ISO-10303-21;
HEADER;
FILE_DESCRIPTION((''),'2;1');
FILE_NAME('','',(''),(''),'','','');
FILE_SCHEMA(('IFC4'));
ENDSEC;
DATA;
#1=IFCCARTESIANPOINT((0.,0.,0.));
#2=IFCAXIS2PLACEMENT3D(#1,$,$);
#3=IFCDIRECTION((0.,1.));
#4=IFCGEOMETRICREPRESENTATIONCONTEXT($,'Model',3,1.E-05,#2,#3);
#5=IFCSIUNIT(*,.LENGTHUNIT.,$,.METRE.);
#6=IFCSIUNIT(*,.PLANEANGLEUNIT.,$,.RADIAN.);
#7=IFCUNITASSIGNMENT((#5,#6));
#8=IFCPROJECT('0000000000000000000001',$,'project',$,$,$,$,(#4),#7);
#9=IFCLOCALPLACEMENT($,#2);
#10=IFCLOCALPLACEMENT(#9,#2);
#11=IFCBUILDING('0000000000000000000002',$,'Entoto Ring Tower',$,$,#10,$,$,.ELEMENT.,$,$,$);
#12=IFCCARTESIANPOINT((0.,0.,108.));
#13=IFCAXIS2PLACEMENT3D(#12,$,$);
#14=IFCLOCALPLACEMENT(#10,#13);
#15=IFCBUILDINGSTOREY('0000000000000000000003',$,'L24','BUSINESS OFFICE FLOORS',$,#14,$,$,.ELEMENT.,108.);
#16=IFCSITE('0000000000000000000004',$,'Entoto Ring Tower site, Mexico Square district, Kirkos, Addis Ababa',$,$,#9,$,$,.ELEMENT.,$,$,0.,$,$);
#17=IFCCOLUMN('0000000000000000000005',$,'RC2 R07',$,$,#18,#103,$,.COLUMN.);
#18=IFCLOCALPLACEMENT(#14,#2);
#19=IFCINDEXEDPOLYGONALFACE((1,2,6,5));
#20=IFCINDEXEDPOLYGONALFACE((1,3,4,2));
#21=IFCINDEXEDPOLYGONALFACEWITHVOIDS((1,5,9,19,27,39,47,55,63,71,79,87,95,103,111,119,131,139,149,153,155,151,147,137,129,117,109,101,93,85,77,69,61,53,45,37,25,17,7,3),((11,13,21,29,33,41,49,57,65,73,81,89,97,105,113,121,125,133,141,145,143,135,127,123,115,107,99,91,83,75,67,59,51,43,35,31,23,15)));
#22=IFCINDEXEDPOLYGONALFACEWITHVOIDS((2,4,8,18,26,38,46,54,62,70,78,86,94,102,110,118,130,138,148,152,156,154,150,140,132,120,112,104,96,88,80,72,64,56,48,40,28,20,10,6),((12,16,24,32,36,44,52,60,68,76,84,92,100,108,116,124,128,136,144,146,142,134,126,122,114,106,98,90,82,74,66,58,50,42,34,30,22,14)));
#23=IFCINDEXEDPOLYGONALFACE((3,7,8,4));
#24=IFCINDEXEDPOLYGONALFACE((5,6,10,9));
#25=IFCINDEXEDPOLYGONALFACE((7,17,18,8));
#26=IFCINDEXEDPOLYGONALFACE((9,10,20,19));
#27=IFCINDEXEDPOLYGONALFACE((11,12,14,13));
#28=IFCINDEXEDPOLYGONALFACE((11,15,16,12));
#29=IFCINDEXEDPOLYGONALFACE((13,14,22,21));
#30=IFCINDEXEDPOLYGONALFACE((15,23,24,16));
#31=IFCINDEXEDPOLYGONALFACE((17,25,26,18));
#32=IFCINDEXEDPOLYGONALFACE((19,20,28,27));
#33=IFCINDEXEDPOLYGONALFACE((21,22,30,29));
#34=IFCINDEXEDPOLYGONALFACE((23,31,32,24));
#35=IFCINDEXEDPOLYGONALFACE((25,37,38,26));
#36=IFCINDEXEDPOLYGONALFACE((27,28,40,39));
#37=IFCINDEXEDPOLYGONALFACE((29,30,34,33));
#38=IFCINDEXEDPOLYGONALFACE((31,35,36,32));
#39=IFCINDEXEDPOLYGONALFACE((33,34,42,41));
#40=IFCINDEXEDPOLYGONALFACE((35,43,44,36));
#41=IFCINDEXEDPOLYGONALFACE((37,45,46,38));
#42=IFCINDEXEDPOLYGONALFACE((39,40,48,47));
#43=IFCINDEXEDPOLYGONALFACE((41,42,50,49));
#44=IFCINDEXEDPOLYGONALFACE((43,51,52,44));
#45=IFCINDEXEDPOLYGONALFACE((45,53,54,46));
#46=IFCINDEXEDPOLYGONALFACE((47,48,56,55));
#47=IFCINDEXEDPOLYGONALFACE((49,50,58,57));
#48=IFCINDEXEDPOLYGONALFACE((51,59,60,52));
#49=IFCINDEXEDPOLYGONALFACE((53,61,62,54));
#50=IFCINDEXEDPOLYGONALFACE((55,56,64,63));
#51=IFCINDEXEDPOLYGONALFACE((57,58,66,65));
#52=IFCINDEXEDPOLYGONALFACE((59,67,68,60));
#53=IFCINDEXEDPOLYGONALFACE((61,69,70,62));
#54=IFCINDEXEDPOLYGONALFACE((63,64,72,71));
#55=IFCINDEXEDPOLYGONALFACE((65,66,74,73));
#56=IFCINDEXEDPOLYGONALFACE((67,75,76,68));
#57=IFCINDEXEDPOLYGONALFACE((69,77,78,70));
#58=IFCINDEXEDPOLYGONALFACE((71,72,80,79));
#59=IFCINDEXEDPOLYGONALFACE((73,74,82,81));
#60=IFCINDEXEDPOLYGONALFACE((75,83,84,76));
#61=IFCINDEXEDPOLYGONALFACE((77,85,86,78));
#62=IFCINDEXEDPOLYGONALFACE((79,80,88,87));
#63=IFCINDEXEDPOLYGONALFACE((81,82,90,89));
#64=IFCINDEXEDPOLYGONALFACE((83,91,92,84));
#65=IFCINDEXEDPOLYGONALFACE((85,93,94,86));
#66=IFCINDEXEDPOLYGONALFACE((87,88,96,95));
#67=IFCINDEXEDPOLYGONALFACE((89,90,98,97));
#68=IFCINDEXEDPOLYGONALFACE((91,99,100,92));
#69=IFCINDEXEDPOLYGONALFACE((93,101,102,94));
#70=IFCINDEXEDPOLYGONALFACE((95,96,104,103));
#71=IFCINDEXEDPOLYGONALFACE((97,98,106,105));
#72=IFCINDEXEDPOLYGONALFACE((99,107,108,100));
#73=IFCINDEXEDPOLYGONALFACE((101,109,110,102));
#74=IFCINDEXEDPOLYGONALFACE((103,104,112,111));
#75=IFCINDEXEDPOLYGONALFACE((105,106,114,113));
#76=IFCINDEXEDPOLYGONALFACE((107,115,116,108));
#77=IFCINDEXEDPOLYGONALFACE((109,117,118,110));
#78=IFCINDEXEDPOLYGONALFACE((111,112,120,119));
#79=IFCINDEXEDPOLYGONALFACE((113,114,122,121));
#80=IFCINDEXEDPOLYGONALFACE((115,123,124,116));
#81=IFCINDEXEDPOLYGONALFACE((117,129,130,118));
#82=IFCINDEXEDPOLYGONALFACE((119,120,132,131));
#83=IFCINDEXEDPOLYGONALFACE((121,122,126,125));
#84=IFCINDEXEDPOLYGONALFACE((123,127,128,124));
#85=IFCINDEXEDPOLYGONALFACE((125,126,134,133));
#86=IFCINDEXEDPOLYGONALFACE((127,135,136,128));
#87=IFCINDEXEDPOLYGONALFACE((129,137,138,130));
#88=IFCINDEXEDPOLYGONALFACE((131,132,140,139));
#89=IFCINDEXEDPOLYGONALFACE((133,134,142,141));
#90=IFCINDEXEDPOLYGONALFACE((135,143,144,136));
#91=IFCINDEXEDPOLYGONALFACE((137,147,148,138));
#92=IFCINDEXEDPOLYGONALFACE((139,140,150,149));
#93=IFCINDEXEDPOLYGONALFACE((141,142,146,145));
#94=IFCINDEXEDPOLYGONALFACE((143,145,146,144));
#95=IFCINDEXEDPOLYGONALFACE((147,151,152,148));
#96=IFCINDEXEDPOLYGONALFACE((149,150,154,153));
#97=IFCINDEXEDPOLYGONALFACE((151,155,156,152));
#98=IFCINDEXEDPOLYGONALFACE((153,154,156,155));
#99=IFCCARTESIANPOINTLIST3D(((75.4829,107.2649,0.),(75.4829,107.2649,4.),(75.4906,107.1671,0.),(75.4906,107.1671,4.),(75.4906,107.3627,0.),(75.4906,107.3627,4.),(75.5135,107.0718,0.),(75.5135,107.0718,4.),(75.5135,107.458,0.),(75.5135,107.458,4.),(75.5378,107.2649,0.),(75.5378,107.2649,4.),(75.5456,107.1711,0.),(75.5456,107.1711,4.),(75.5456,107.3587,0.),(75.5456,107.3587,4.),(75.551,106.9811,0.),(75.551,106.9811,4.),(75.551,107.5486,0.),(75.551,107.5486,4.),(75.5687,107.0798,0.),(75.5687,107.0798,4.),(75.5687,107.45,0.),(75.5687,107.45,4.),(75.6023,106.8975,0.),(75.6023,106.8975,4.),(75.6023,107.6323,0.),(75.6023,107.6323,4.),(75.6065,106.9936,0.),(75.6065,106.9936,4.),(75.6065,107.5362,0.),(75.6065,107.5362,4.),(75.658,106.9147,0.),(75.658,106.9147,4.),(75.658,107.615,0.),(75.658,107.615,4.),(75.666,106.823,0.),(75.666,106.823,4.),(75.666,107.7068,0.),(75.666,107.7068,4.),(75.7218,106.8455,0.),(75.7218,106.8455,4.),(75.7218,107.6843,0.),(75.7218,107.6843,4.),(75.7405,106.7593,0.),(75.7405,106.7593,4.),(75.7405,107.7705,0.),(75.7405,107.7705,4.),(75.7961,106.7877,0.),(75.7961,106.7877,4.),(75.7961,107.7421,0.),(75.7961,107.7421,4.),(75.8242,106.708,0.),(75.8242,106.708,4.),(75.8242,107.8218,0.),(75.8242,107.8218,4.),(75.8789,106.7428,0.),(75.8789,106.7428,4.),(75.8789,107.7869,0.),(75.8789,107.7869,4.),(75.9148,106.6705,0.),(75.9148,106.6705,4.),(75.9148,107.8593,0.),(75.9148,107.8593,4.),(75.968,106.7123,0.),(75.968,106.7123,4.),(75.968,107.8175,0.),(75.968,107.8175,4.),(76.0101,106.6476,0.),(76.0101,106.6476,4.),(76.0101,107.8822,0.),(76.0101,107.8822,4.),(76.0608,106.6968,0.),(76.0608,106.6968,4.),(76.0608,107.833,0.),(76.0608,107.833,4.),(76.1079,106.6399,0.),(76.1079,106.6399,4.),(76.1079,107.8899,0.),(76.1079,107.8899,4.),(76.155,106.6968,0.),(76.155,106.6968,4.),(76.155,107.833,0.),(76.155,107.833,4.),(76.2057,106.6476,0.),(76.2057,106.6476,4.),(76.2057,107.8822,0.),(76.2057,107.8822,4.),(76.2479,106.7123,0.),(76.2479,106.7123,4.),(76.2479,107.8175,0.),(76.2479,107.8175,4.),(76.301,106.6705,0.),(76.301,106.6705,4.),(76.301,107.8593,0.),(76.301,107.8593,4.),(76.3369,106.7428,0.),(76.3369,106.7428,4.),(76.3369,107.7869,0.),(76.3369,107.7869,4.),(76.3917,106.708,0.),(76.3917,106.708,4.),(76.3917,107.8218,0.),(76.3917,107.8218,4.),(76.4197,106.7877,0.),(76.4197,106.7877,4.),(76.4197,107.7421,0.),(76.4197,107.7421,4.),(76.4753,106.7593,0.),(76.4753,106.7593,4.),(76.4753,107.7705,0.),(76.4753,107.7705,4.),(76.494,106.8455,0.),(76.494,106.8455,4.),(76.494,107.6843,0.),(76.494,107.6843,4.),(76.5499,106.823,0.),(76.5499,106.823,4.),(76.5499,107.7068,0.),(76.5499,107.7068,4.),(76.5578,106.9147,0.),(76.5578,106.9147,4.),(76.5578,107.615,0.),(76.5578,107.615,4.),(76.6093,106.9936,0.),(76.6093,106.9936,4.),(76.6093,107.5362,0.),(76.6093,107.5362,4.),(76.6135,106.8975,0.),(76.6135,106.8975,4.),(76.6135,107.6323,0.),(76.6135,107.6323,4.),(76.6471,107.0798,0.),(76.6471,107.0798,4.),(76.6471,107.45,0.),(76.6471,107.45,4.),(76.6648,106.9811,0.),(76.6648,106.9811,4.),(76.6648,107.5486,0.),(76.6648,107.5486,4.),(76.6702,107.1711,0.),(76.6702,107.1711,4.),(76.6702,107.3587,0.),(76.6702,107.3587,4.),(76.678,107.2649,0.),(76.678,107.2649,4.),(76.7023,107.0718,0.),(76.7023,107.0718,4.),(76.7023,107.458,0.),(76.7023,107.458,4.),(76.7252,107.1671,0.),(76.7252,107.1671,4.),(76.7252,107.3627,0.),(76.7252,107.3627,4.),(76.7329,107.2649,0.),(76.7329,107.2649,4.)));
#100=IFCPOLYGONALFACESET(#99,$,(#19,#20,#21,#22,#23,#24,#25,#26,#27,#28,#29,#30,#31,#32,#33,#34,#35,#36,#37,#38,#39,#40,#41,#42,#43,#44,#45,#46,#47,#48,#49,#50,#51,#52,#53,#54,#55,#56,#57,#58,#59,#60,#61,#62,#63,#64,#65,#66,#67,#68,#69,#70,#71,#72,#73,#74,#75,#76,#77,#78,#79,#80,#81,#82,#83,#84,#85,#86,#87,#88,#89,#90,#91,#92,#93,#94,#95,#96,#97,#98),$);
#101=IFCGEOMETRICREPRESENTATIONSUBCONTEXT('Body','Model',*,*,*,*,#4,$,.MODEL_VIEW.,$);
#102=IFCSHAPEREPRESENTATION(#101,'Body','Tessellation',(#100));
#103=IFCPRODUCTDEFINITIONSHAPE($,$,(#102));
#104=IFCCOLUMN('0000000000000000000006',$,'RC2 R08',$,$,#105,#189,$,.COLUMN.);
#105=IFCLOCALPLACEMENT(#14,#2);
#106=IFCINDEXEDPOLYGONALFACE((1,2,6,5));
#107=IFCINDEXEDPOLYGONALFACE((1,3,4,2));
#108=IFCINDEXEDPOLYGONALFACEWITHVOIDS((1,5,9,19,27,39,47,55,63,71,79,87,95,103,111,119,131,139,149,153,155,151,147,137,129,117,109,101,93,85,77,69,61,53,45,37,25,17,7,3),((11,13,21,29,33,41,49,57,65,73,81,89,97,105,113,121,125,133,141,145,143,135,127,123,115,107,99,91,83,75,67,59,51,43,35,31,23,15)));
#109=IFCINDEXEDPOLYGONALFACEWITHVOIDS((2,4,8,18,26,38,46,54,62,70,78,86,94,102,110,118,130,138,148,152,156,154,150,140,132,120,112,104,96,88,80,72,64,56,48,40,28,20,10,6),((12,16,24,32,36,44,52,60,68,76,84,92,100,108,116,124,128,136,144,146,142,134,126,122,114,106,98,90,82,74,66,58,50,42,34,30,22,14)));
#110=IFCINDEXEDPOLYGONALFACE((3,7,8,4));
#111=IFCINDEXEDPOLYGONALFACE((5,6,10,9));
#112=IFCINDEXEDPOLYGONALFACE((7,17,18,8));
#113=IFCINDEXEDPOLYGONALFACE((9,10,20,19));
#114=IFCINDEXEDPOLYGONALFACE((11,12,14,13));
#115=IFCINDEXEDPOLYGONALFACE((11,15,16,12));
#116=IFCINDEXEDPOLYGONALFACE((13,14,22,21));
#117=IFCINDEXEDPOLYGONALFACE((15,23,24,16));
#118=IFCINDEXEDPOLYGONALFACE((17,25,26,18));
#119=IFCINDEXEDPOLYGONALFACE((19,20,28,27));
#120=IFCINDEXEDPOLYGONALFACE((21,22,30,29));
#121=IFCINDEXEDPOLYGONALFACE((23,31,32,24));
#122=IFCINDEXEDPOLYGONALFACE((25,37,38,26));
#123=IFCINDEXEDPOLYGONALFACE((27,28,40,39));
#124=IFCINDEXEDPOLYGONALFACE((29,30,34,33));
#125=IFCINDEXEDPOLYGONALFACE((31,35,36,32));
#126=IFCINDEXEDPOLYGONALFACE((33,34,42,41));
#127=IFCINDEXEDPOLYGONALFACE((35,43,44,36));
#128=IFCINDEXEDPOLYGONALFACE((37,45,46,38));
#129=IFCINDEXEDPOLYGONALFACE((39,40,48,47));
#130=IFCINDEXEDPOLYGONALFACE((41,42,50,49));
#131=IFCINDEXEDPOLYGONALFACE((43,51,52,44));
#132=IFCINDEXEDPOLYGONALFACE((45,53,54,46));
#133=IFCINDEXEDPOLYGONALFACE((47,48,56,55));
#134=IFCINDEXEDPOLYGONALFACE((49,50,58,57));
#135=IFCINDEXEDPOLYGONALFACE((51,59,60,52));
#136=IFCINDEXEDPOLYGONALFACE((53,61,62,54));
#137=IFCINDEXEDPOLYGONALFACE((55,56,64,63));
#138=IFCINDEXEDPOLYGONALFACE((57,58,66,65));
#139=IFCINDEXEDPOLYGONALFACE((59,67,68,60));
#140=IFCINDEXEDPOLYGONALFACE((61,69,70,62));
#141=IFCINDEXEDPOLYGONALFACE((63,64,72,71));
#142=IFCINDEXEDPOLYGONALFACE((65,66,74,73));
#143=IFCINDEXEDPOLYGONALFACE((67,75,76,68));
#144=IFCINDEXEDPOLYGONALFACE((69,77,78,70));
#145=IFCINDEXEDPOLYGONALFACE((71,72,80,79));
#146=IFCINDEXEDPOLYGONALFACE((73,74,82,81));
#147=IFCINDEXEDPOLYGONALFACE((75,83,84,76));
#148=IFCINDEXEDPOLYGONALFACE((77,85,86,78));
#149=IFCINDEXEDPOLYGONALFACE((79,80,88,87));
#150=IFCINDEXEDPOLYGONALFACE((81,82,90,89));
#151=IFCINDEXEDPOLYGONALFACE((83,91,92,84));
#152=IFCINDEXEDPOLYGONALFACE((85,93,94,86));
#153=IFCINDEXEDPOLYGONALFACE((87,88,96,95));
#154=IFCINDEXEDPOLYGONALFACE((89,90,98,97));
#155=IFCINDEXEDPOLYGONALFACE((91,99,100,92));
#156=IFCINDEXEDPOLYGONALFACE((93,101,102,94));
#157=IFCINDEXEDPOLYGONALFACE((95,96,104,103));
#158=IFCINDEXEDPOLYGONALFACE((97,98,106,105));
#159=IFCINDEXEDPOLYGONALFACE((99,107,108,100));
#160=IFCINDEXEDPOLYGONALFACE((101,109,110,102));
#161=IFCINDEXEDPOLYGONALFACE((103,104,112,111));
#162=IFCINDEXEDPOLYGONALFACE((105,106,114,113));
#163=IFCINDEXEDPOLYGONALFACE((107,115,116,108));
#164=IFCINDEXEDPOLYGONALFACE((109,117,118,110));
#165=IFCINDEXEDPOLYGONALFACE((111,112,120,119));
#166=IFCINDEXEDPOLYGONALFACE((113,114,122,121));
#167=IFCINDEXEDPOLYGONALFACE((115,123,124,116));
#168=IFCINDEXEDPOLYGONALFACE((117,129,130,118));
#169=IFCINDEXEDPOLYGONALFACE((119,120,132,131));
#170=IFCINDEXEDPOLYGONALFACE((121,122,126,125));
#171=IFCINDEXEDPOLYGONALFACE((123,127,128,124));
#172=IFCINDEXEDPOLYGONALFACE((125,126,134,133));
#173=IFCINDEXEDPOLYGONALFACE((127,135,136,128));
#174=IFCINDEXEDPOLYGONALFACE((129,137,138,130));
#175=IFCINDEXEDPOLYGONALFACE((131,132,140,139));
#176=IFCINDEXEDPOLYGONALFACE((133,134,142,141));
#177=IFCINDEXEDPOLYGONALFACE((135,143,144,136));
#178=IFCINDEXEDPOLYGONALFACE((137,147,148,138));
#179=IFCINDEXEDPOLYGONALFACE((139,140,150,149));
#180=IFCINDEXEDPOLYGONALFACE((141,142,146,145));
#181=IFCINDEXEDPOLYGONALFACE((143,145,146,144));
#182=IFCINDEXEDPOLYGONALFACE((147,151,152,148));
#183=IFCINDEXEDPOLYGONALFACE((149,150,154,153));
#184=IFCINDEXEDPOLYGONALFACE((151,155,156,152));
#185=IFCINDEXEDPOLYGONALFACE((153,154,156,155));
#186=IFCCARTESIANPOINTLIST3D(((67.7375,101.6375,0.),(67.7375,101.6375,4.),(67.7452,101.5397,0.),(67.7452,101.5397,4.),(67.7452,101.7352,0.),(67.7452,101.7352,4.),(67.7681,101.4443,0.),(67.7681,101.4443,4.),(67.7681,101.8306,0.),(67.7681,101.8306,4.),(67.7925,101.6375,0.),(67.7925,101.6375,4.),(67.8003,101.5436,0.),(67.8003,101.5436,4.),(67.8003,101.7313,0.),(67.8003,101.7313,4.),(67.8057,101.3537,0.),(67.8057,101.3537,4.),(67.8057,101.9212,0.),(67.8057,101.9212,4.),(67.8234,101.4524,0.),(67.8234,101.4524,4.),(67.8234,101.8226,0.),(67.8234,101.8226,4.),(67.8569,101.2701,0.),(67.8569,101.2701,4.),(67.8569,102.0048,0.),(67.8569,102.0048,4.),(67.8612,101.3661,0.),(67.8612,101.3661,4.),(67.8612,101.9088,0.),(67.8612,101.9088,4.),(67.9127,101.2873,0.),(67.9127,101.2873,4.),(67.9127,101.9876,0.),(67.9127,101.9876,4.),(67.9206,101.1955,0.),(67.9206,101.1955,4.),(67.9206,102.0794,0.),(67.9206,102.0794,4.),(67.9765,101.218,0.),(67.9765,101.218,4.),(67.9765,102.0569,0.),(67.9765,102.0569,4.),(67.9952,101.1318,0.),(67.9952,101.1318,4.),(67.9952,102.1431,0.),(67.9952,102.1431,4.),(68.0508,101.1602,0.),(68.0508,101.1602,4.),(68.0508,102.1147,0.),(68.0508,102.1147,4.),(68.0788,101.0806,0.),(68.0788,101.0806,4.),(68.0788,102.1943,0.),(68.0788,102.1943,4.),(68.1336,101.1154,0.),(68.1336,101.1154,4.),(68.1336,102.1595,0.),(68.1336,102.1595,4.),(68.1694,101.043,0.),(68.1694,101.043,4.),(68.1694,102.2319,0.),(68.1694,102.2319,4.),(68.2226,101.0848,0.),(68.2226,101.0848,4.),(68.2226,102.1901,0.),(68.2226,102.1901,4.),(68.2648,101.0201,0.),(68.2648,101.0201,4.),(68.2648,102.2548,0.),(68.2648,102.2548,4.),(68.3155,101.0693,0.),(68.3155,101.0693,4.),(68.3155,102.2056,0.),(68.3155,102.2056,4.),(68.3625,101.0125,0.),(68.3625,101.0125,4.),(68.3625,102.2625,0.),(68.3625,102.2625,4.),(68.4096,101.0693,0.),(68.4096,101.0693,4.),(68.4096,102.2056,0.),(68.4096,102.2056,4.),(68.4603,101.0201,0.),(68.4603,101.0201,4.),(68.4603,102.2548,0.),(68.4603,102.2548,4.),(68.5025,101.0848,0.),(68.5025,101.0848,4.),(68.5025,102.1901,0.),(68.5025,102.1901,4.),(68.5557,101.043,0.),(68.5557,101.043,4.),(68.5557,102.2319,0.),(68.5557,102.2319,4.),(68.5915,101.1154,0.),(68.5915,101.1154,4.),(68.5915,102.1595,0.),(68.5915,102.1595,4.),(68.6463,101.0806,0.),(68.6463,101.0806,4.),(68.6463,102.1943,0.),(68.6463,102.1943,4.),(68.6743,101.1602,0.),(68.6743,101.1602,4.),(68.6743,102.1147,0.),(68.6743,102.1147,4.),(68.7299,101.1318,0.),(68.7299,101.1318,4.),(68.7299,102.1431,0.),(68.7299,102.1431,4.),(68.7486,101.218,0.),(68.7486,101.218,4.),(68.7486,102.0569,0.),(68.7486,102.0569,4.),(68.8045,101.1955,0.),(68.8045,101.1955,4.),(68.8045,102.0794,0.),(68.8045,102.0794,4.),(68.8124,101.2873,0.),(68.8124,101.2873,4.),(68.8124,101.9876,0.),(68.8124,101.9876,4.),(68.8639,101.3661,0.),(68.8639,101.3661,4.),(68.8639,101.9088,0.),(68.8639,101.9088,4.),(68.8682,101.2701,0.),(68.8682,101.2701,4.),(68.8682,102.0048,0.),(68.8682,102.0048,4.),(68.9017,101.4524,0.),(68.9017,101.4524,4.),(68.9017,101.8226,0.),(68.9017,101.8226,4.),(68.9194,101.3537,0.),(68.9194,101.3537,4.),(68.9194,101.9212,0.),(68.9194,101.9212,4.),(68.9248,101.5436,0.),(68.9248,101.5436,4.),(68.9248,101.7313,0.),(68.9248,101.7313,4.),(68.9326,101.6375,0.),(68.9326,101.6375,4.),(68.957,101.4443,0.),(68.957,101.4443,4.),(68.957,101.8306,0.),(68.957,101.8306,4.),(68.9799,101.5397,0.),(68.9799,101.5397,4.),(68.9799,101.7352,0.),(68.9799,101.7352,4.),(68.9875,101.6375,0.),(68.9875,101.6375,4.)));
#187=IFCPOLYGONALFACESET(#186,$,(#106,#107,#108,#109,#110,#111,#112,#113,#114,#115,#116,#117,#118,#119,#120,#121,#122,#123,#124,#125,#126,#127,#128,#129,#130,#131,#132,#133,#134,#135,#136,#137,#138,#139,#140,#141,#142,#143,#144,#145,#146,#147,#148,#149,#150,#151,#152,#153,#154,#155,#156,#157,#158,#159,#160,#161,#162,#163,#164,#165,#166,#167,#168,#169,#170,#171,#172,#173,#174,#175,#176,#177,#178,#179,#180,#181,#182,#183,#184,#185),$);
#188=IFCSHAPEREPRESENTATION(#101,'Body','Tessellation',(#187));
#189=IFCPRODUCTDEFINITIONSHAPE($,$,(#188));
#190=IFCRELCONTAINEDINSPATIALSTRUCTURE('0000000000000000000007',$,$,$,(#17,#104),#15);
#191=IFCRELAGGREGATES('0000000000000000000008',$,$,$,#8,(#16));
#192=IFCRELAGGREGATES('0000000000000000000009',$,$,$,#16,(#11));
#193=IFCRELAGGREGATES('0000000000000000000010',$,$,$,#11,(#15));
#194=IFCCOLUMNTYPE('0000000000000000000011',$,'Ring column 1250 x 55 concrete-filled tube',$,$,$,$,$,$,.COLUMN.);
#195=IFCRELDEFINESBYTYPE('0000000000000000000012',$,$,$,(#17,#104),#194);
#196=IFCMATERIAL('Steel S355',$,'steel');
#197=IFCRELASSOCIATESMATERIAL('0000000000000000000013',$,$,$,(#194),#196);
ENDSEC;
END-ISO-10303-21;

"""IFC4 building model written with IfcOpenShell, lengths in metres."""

from ifc_helpers import new_model, si_unit, direction, frame, origin, origin_2d, place, context, subcontext, project, spatial, circle, hollow_circle, extrude, material, material_profile, profile_set, type_object, element, save


model = new_model("IFC4")

# Units and contexts
model_context = context("Model", 3, precision=1e-05, world=origin(), true_north=direction((0.0, 1.0)))
body_context = subcontext(model_context, "Body", "Model", "MODEL_VIEW")
ifc_project = project(units=[si_unit("LENGTHUNIT", "METRE"), si_unit("PLANEANGLEUNIT", "RADIAN")], contexts=[model_context])

# Site, building, storey
site_placement = place(None, origin())
site = spatial("IfcSite", under=ifc_project, at=site_placement, Name="Entoto Ring Tower site, Mexico Square district, Kirkos, Addis Ababa", CompositionType="ELEMENT", RefElevation=0.0)
building_placement = place(site_placement, origin())
building = spatial("IfcBuilding", under=site, at=building_placement, Name="Entoto Ring Tower", CompositionType="ELEMENT")
storey_placement = place(building_placement, frame((0.0, 0.0, 108.0)))
storey = spatial("IfcBuildingStorey", under=building, at=storey_placement, Name="L24", Description="BUSINESS OFFICE FLOORS", CompositionType="ELEMENT", Elevation=108.0)

# Columns
ifc_material_1 = material(Name="Steel S355", Category="steel")
ifc_material_profile_1 = material_profile(ifc_material_1, hollow_circle(Radius=0.625, WallThickness=0.0549, at=origin_2d()), Name="CHS 1250 x 55")
ifc_material_2 = material(Name="Concrete C60/75", Category="concrete")
ifc_material_profile_2 = material_profile(ifc_material_2, circle(Radius=0.5701, at=origin_2d()), Name="Concrete C60/75 infill")
ifc_profile_set_1 = profile_set([ifc_material_profile_1, ifc_material_profile_2], Name="Steel S355")
column_type = type_object("IfcColumnType", Name="Ring column 1250 x 55 concrete-filled tube", PredefinedType="COLUMN", material=ifc_profile_set_1)
for number, where, z_axis, x_axis, name in (
    (1, (76.1079, 107.2649, 0.0), (0.0, 0.0, 1.0), (1.0, 0.0, 0.0), "RC2 R07"),
    (2, (68.3625, 101.6375, 0.0), (0.0, 0.0, 1.0), (1.0, 0.0, 0.0), "RC2 R08"),
):
    element("IfcColumn", number, at=place(storey_placement, frame(where, z_axis=z_axis, x_axis=x_axis)), inside=storey, type_object=column_type, Name=name, PredefinedType="COLUMN", context=body_context, shape_type="SweptSolid", body=[
        extrude(hollow_circle(Radius=0.625, WallThickness=0.0549, at=origin_2d()), origin(), (0.0, 0.0, 1.0), 4.0),
    ])

save(model, "model.ifc")
